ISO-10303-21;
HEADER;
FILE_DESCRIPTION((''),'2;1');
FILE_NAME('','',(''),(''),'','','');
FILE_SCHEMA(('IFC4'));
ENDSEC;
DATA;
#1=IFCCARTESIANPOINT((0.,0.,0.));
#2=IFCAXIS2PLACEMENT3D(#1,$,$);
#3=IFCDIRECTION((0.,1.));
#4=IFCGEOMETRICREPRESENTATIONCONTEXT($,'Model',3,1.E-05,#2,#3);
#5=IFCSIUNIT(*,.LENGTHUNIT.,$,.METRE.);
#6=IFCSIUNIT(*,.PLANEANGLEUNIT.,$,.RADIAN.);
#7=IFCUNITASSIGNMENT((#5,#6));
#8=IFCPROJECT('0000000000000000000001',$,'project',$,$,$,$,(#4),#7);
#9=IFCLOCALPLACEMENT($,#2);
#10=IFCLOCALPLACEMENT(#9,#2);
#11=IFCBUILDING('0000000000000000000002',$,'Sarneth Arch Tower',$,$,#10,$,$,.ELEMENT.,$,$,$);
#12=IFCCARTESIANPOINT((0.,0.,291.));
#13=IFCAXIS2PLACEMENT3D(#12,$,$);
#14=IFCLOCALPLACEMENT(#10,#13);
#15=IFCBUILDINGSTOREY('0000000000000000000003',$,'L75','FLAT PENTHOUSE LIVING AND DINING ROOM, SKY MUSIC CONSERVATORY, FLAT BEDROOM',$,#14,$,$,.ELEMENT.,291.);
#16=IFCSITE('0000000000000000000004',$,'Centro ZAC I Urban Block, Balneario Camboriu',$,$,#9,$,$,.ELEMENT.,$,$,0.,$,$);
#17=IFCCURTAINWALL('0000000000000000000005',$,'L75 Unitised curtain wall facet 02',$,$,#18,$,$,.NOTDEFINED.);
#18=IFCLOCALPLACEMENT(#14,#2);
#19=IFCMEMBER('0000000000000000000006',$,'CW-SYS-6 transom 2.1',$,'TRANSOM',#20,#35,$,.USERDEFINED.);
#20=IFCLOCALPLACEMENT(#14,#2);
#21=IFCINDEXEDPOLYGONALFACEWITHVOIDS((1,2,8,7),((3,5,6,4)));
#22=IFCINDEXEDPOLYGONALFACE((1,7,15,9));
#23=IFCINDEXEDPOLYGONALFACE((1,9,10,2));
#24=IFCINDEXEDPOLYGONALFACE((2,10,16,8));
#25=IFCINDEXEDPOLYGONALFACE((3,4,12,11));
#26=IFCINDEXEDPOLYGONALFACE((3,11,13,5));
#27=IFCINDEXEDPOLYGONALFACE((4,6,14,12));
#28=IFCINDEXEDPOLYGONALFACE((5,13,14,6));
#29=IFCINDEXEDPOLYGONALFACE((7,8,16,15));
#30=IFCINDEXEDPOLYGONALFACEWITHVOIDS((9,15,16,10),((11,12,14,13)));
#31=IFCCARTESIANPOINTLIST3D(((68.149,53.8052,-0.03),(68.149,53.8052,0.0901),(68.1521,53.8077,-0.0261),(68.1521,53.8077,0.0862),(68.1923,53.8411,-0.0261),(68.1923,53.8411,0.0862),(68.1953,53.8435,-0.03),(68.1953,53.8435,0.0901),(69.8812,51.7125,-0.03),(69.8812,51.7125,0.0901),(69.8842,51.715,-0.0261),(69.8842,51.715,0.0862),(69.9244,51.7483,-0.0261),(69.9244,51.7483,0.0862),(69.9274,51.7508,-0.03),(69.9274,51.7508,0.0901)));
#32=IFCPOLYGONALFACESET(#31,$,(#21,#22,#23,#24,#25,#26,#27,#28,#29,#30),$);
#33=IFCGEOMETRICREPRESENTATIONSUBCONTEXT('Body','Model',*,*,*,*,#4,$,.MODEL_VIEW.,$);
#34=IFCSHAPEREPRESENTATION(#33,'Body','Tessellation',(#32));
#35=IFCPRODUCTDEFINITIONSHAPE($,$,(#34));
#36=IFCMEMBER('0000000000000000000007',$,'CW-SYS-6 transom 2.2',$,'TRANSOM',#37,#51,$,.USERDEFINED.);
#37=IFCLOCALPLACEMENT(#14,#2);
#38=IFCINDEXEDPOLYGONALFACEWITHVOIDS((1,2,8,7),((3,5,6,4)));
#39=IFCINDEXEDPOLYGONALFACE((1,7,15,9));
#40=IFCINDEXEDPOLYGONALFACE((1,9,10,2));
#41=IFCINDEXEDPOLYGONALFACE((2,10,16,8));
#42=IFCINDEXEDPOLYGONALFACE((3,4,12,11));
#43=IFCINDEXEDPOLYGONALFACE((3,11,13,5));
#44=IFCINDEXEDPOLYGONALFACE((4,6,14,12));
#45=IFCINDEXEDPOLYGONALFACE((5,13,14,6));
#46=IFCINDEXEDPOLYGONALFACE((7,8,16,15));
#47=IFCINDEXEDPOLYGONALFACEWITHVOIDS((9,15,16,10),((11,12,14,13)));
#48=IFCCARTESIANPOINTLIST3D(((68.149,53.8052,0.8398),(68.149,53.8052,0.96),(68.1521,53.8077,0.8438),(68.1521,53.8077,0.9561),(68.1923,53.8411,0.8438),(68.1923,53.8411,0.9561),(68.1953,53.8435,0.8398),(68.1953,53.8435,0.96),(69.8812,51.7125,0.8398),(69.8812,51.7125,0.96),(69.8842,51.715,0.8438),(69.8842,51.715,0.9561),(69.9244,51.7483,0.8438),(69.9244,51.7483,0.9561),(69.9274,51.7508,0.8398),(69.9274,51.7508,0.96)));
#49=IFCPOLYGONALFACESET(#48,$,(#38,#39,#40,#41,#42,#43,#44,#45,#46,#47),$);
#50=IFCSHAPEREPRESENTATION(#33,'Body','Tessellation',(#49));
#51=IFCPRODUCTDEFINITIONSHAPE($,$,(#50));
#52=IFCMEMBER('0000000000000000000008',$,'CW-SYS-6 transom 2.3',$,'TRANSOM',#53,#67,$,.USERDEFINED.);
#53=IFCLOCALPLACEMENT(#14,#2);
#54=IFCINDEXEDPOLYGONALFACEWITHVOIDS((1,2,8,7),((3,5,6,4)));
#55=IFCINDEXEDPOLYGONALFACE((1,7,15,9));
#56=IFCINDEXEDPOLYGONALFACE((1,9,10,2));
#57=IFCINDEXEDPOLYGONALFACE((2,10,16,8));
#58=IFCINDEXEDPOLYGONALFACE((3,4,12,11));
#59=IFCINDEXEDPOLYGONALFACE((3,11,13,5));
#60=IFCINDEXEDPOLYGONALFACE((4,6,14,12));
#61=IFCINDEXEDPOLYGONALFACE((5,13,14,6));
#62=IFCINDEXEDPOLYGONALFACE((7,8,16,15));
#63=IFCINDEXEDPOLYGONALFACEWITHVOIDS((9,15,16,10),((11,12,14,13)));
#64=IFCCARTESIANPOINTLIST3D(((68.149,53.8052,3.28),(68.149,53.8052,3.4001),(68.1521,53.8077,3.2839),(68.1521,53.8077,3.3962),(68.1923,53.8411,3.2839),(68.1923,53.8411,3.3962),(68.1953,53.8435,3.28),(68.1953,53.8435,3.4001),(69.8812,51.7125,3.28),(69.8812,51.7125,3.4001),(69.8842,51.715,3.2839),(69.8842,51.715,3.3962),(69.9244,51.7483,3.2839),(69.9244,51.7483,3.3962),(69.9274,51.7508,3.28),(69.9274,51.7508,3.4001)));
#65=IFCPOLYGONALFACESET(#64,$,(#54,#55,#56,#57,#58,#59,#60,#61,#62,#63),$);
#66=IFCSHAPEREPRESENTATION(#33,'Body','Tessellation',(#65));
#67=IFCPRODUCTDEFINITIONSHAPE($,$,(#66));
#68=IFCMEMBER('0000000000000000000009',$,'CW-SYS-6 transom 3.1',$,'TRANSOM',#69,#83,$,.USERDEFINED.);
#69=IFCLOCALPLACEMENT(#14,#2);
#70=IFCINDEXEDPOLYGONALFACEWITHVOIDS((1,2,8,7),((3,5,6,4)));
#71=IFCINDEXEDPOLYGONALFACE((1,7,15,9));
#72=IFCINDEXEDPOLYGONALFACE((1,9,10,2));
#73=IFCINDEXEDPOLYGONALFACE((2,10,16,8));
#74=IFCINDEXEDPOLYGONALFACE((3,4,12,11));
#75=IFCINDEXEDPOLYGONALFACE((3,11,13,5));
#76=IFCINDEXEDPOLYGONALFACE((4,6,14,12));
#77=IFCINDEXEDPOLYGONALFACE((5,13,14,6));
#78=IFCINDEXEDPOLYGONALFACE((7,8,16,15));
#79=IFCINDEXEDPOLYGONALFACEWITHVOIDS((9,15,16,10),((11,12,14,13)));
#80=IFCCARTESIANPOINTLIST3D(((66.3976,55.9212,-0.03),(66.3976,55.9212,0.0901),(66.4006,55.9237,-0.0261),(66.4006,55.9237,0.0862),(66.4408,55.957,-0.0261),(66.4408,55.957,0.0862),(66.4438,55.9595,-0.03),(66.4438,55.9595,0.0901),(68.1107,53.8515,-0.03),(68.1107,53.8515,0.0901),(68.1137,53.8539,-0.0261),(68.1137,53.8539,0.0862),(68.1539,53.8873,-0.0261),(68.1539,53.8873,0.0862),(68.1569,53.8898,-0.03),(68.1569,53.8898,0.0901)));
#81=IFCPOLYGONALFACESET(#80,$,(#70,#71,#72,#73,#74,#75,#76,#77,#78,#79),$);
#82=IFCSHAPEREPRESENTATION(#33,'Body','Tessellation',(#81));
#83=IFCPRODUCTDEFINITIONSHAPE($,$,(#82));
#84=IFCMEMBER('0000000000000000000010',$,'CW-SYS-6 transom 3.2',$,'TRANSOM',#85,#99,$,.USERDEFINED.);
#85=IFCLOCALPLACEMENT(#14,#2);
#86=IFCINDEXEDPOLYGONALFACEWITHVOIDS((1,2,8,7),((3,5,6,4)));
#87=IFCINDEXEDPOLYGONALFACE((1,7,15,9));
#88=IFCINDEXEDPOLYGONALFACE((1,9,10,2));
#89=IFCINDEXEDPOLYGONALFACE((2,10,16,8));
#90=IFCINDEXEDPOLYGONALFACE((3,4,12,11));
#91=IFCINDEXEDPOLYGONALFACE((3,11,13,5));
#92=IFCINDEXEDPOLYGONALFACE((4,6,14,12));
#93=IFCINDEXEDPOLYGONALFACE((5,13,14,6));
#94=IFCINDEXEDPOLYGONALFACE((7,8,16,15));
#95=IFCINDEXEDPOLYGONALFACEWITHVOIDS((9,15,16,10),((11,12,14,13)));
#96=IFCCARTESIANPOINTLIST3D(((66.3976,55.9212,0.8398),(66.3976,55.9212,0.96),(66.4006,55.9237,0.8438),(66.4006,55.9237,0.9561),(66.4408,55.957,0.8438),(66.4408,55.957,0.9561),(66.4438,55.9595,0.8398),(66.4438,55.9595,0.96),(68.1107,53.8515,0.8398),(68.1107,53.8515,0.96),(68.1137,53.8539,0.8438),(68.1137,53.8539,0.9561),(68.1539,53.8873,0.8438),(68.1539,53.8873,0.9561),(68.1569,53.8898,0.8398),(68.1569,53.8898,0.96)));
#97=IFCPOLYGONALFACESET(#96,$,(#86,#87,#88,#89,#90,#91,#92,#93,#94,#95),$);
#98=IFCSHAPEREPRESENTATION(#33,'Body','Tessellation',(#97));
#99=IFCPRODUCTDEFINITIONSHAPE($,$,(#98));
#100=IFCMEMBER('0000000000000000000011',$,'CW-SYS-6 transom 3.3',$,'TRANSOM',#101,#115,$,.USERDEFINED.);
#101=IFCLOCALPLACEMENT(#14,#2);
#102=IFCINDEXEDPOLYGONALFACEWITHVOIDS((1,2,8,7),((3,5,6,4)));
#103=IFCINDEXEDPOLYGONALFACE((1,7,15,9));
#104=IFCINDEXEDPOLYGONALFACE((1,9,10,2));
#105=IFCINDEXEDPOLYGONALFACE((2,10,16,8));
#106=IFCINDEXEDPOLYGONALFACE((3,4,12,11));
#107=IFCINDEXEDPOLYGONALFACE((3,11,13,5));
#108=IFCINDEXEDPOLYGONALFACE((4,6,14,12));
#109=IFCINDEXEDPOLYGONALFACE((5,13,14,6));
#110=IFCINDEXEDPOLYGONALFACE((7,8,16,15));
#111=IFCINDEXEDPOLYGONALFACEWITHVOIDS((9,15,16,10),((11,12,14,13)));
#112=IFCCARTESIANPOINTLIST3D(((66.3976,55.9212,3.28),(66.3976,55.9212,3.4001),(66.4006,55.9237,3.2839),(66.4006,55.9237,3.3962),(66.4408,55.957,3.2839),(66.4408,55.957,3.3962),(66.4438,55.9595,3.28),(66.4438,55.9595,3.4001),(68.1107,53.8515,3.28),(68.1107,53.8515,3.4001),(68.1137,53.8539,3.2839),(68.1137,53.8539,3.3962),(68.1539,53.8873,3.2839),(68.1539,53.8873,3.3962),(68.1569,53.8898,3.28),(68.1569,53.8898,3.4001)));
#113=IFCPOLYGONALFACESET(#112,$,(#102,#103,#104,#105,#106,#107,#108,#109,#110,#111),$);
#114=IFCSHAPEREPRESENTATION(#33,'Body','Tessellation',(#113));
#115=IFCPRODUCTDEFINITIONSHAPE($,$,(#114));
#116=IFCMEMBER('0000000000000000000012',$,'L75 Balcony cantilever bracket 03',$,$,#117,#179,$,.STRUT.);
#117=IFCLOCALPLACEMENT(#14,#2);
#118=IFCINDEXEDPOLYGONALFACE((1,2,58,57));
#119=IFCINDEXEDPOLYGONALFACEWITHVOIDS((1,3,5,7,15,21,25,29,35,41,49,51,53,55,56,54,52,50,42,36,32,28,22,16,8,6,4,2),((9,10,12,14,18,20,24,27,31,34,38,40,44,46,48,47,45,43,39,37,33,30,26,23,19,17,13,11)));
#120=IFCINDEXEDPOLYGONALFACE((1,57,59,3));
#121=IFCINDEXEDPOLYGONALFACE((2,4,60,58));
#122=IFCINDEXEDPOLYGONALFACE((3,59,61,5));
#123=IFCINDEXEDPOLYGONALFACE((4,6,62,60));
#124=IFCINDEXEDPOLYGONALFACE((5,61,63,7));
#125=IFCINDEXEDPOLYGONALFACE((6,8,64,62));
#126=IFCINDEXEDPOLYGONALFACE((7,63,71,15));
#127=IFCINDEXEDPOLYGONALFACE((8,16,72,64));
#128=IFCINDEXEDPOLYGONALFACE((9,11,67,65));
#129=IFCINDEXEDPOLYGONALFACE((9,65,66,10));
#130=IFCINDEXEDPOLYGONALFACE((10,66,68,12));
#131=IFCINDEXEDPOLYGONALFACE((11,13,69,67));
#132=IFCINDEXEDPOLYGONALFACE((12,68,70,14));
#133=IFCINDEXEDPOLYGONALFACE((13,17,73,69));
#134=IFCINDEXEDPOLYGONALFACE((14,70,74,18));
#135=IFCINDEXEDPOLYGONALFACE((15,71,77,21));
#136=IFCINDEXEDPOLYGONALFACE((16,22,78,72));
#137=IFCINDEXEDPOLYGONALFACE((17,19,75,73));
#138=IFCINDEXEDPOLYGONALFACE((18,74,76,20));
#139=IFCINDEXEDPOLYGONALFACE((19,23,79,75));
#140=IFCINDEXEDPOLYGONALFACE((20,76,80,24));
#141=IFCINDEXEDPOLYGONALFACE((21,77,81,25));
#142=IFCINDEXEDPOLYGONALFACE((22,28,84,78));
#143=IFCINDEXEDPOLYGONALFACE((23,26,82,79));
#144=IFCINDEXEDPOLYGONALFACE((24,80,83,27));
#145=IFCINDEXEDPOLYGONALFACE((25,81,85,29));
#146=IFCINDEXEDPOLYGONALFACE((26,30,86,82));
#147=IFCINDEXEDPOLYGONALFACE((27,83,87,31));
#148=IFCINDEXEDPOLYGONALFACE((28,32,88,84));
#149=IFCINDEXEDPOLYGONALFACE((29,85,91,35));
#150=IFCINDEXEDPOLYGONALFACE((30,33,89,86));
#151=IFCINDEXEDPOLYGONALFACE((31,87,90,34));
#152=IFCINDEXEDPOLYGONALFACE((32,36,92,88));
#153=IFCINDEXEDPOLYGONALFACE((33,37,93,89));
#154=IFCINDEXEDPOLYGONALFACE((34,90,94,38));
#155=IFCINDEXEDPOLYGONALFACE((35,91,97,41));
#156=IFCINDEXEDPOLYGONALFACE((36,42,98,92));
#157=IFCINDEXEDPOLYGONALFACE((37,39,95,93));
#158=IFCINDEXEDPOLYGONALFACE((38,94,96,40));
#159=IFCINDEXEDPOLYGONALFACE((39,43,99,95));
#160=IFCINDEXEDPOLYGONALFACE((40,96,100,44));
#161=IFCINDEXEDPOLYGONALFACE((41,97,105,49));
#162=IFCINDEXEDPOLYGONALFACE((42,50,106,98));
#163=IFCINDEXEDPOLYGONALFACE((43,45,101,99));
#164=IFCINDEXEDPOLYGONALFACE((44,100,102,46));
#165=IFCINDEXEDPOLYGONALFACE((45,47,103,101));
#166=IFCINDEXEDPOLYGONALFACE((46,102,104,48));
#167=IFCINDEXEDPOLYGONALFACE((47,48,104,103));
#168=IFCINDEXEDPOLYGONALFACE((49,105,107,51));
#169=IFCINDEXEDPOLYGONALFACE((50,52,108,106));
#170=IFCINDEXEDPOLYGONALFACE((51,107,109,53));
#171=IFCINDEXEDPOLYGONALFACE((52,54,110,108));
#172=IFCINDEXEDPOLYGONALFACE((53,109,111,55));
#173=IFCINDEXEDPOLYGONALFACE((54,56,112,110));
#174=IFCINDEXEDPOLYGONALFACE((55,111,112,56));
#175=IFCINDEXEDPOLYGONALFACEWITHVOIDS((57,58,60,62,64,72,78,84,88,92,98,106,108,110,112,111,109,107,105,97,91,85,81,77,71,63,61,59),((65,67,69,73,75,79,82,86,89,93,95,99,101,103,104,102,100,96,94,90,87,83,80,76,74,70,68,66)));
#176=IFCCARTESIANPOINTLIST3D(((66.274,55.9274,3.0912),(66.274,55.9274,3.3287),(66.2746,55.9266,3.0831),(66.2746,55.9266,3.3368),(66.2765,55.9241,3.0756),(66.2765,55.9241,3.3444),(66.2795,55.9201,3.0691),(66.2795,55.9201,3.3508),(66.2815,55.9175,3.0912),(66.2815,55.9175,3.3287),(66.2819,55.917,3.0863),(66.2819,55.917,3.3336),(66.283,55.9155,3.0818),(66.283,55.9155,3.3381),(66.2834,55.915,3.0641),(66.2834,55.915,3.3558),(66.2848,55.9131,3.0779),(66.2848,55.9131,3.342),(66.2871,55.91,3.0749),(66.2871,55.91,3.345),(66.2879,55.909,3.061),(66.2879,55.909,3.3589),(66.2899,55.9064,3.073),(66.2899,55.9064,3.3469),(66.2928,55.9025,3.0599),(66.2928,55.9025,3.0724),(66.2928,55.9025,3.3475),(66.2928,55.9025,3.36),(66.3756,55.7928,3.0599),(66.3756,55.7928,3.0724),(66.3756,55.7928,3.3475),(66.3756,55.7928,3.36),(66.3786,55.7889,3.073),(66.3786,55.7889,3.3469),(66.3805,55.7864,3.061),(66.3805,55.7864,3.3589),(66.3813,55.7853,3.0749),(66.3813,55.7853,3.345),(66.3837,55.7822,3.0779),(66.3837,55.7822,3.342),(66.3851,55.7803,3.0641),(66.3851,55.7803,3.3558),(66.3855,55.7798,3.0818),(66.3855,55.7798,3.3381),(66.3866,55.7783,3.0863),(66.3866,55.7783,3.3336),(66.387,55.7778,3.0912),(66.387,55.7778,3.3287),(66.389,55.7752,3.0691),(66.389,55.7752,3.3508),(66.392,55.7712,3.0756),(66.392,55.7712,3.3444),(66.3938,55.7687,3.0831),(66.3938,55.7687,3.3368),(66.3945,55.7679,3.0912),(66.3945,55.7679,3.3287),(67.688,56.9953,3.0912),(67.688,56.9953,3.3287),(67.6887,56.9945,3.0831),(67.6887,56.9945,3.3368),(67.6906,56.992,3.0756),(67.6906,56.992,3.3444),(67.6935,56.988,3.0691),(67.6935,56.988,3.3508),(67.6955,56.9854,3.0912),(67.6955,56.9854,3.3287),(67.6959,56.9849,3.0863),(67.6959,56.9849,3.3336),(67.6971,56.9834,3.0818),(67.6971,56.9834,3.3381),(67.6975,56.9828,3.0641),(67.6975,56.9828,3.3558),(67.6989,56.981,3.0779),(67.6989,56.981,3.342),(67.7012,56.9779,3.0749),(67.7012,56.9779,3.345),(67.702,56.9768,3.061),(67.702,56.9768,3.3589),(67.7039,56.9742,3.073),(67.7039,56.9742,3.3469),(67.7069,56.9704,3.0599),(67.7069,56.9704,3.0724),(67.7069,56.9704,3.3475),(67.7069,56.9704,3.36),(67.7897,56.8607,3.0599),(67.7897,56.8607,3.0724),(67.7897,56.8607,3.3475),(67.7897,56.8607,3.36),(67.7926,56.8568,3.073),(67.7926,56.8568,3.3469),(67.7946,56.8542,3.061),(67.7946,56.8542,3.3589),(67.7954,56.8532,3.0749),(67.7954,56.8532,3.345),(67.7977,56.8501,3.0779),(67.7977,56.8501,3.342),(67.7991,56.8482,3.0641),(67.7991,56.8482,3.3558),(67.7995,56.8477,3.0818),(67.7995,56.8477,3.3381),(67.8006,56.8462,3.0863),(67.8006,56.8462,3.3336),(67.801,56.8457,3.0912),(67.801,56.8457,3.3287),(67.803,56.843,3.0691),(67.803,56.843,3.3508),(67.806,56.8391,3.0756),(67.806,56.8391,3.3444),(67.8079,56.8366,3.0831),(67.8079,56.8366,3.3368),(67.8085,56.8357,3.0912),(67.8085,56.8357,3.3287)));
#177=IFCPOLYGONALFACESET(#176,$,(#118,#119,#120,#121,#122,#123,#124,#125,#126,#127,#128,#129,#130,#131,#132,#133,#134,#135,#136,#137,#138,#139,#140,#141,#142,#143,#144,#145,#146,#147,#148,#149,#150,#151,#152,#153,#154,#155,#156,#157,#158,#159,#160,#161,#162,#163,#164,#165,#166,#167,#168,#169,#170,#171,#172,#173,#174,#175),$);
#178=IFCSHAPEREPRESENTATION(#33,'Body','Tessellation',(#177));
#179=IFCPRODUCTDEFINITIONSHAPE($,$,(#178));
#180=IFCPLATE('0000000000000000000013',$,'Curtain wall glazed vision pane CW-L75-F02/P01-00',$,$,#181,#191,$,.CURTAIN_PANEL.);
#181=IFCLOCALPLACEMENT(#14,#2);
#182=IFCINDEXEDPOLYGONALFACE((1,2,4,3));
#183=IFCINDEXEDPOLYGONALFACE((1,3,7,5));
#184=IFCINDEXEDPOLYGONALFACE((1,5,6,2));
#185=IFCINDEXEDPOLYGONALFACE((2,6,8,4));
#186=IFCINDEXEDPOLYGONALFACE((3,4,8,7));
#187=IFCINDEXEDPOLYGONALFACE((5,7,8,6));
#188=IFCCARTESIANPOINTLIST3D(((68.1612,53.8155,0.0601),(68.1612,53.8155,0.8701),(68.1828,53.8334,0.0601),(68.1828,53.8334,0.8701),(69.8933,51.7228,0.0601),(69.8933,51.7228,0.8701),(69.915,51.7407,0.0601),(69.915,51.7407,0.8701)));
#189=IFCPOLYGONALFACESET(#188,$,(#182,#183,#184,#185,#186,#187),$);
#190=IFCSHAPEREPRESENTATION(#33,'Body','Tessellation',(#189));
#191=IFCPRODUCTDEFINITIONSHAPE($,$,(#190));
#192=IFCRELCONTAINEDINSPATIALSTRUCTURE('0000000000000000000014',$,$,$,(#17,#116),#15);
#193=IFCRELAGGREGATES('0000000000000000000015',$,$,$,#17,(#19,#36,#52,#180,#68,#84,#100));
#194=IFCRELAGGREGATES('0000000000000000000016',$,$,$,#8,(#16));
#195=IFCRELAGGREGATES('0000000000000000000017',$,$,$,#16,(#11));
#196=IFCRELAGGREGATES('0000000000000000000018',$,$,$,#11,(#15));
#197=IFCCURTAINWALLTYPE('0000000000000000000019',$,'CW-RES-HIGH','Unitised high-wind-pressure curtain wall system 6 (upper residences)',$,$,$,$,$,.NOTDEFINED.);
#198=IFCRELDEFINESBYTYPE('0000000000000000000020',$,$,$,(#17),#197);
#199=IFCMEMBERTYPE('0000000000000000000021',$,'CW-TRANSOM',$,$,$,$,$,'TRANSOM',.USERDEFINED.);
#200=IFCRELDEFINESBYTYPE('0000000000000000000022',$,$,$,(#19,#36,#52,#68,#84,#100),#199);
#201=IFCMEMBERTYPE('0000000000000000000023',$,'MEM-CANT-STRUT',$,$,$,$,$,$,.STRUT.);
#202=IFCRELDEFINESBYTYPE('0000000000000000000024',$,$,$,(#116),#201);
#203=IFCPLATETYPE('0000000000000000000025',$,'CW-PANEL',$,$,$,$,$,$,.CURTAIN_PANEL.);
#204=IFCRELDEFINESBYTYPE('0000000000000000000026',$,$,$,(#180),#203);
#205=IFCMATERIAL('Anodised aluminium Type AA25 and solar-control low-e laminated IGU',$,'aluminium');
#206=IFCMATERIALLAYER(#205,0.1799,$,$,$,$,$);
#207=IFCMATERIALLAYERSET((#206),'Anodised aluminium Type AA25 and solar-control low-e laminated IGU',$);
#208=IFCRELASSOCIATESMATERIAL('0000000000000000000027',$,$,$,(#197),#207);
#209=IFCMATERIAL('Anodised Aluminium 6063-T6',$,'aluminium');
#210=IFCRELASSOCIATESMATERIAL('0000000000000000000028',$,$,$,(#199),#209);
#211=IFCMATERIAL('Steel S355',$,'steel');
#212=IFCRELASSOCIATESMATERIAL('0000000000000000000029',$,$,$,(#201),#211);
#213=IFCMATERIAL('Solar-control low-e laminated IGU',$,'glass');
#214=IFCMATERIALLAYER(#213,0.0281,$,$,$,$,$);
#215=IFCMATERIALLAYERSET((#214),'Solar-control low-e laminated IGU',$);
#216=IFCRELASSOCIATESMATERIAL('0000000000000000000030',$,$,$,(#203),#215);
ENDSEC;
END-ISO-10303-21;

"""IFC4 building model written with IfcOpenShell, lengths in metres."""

from ifc_helpers import new_model, si_unit, direction, frame, origin, origin_2d, place, context, subcontext, project, spatial, rectangle, hollow_rectangle, extrude, material, layer, layer_set, material_profile, profile_set, type_object, element, aggregate, save


model = new_model("IFC4")

# Units and contexts
model_context = context("Model", 3, precision=1e-05, world=origin(), true_north=direction((0.0, 1.0)))
body_context = subcontext(model_context, "Body", "Model", "MODEL_VIEW")
ifc_project = project(units=[si_unit("LENGTHUNIT", "METRE"), si_unit("PLANEANGLEUNIT", "RADIAN")], contexts=[model_context])

# Site, building, storey
site_placement = place(None, origin())
site = spatial("IfcSite", under=ifc_project, at=site_placement, Name="Centro ZAC I Urban Block, Balneario Camboriu", CompositionType="ELEMENT", RefElevation=0.0)
building_placement = place(site_placement, origin())
building = spatial("IfcBuilding", under=site, at=building_placement, Name="Sarneth Arch Tower", CompositionType="ELEMENT")
storey_placement = place(building_placement, frame((0.0, 0.0, 291.0)))
storey = spatial("IfcBuildingStorey", under=building, at=storey_placement, Name="L75", Description="FLAT PENTHOUSE LIVING AND DINING ROOM, SKY MUSIC CONSERVATORY, FLAT BEDROOM", CompositionType="ELEMENT", Elevation=291.0)

# Curtain wall, members
ifc_material_1 = material(Name="Anodised aluminium Type AA25 and solar-control low-e laminated IGU", Category="aluminium")
ifc_layer_1 = layer(ifc_material_1, 0.1799)
ifc_layer_set_1 = layer_set([ifc_layer_1], Name="Anodised aluminium Type AA25 and solar-control low-e laminated IGU")
curtain_wall_type = type_object("IfcCurtainWallType", Name="CW-RES-HIGH", Description="Unitised high-wind-pressure curtain wall system 6 (upper residences)", PredefinedType="NOTDEFINED", material=ifc_layer_set_1)
curtain_wall_placement = place(storey_placement, origin())
curtain_wall = element("IfcCurtainWall", 1, at=curtain_wall_placement, inside=storey, type_object=curtain_wall_type, Name="L75 Unitised curtain wall facet 02", PredefinedType="NOTDEFINED")
ifc_material_2 = material(Name="Anodised Aluminium 6063-T6", Category="aluminium")
ifc_material_profile_1 = material_profile(ifc_material_2, hollow_rectangle(XDim=0.0601, YDim=0.1201, WallThickness=0.0039, at=origin_2d()), Name="AL-TRAN-120x60x4")
ifc_profile_set_1 = profile_set([ifc_material_profile_1], Name="Anodised Aluminium 6063-T6")
member_type_1 = type_object("IfcMemberType", Name="CW-TRANSOM", ElementType="TRANSOM", PredefinedType="USERDEFINED", material=ifc_profile_set_1)
member_1_placement = place(storey_placement, frame((69.9043, 51.7317, 0.03), z_axis=(-0.637617, 0.770353, 0.0), x_axis=(-0.770353, -0.637617, 0.0)))
member_1 = element("IfcMember", 2, at=member_1_placement, type_object=member_type_1, Name="CW-SYS-6 transom 2.1", ObjectType="TRANSOM", PredefinedType="USERDEFINED", context=body_context, shape_type="SweptSolid", body=[
    extrude(hollow_rectangle(XDim=0.0601, YDim=0.1201, WallThickness=0.0039, at=origin_2d()), origin(), (0.0, 0.0, 1.0), 2.7166),
])
member_2_placement = place(storey_placement, frame((69.9043, 51.7317, 0.8999), z_axis=(-0.637617, 0.770353, 0.0), x_axis=(-0.770353, -0.637617, 0.0)))
member_2 = element("IfcMember", 3, at=member_2_placement, type_object=member_type_1, Name="CW-SYS-6 transom 2.2", ObjectType="TRANSOM", PredefinedType="USERDEFINED", context=body_context, shape_type="SweptSolid", body=[
    extrude(hollow_rectangle(XDim=0.0601, YDim=0.1201, WallThickness=0.0039, at=origin_2d()), origin(), (0.0, 0.0, 1.0), 2.7166),
])
member_3_placement = place(storey_placement, frame((69.9043, 51.7317, 3.3401), z_axis=(-0.637617, 0.770353, 0.0), x_axis=(-0.770353, -0.637617, 0.0)))
member_3 = element("IfcMember", 4, at=member_3_placement, type_object=member_type_1, Name="CW-SYS-6 transom 2.3", ObjectType="TRANSOM", PredefinedType="USERDEFINED", context=body_context, shape_type="SweptSolid", body=[
    extrude(hollow_rectangle(XDim=0.0601, YDim=0.1201, WallThickness=0.0039, at=origin_2d()), origin(), (0.0, 0.0, 1.0), 2.7166),
])
member_4_placement = place(storey_placement, frame((68.1338, 53.8706, 0.03), z_axis=(-0.637607, 0.770362, 0.0), x_axis=(-0.770362, -0.637607, 0.0)))
member_4 = element("IfcMember", 5, at=member_4_placement, type_object=member_type_1, Name="CW-SYS-6 transom 3.1", ObjectType="TRANSOM", PredefinedType="USERDEFINED", context=body_context, shape_type="SweptSolid", body=[
    extrude(hollow_rectangle(XDim=0.0601, YDim=0.1201, WallThickness=0.0039, at=origin_2d()), origin(), (0.0, 0.0, 1.0), 2.6868),
])
member_5_placement = place(storey_placement, frame((68.1338, 53.8706, 0.8999), z_axis=(-0.637607, 0.770362, 0.0), x_axis=(-0.770362, -0.637607, 0.0)))
member_5 = element("IfcMember", 6, at=member_5_placement, type_object=member_type_1, Name="CW-SYS-6 transom 3.2", ObjectType="TRANSOM", PredefinedType="USERDEFINED", context=body_context, shape_type="SweptSolid", body=[
    extrude(hollow_rectangle(XDim=0.0601, YDim=0.1201, WallThickness=0.0039, at=origin_2d()), origin(), (0.0, 0.0, 1.0), 2.6868),
])
member_6_placement = place(storey_placement, frame((68.1338, 53.8706, 3.3401), z_axis=(-0.637607, 0.770362, 0.0), x_axis=(-0.770362, -0.637607, 0.0)))
member_6 = element("IfcMember", 7, at=member_6_placement, type_object=member_type_1, Name="CW-SYS-6 transom 3.3", ObjectType="TRANSOM", PredefinedType="USERDEFINED", context=body_context, shape_type="SweptSolid", body=[
    extrude(hollow_rectangle(XDim=0.0601, YDim=0.1201, WallThickness=0.0039, at=origin_2d()), origin(), (0.0, 0.0, 1.0), 2.6868),
])

# Member
ifc_material_3 = material(Name="Steel S355", Category="steel")
ifc_material_profile_2 = material_profile(ifc_material_3, hollow_rectangle(XDim=0.2, YDim=0.3, WallThickness=0.0125, InnerFilletRadius=0.0188, OuterFilletRadius=0.0312, at=origin_2d()), Name="RHS300x200x12.5")
ifc_profile_set_2 = profile_set([ifc_material_profile_2], Name="Steel S355")
member_type_2 = type_object("IfcMemberType", Name="MEM-CANT-STRUT", PredefinedType="STRUT", material=ifc_profile_set_2)
member_7_placement = place(storey_placement, frame((66.3342, 55.8477, 3.21), z_axis=(0.798012, 0.602642, 0.0), x_axis=(-0.602642, 0.798012, 0.0)))
element("IfcMember", 8, at=member_7_placement, inside=storey, type_object=member_type_2, Name="L75 Balcony cantilever bracket 03", PredefinedType="STRUT", context=body_context, shape_type="SweptSolid", body=[
    extrude(hollow_rectangle(XDim=0.2, YDim=0.3, WallThickness=0.0125, InnerFilletRadius=0.0188, OuterFilletRadius=0.0312, at=origin_2d()), origin(), (0.0, 0.0, 1.0), 1.772),
])

# Plate
ifc_material_4 = material(Name="Solar-control low-e laminated IGU", Category="glass")
ifc_layer_2 = layer(ifc_material_4, 0.0281)
ifc_layer_set_2 = layer_set([ifc_layer_2], Name="Solar-control low-e laminated IGU")
plate_type_1 = type_object("IfcPlateType", Name="CW-PANEL", PredefinedType="CURTAIN_PANEL", material=ifc_layer_set_2)
plate_1_placement = place(storey_placement, frame((69.0381, 52.7781, 0.0601), z_axis=(0.0, 0.0, 1.0), x_axis=(-0.63761, 0.770359, 0.0)))
plate_1 = element("IfcPlate", 9, at=plate_1_placement, type_object=plate_type_1, Name="Curtain wall glazed vision pane CW-L75-F02/P01-00", PredefinedType="CURTAIN_PANEL", context=body_context, shape_type="SweptSolid", body=[
    extrude(rectangle(XDim=2.7166, YDim=0.0281, at=origin_2d()), origin(), (0.0, 0.0, 1.0), 0.8101),
])
aggregate(curtain_wall, [member_1, member_2, member_3, plate_1, member_4, member_5, member_6])

save(model, "model.ifc")
